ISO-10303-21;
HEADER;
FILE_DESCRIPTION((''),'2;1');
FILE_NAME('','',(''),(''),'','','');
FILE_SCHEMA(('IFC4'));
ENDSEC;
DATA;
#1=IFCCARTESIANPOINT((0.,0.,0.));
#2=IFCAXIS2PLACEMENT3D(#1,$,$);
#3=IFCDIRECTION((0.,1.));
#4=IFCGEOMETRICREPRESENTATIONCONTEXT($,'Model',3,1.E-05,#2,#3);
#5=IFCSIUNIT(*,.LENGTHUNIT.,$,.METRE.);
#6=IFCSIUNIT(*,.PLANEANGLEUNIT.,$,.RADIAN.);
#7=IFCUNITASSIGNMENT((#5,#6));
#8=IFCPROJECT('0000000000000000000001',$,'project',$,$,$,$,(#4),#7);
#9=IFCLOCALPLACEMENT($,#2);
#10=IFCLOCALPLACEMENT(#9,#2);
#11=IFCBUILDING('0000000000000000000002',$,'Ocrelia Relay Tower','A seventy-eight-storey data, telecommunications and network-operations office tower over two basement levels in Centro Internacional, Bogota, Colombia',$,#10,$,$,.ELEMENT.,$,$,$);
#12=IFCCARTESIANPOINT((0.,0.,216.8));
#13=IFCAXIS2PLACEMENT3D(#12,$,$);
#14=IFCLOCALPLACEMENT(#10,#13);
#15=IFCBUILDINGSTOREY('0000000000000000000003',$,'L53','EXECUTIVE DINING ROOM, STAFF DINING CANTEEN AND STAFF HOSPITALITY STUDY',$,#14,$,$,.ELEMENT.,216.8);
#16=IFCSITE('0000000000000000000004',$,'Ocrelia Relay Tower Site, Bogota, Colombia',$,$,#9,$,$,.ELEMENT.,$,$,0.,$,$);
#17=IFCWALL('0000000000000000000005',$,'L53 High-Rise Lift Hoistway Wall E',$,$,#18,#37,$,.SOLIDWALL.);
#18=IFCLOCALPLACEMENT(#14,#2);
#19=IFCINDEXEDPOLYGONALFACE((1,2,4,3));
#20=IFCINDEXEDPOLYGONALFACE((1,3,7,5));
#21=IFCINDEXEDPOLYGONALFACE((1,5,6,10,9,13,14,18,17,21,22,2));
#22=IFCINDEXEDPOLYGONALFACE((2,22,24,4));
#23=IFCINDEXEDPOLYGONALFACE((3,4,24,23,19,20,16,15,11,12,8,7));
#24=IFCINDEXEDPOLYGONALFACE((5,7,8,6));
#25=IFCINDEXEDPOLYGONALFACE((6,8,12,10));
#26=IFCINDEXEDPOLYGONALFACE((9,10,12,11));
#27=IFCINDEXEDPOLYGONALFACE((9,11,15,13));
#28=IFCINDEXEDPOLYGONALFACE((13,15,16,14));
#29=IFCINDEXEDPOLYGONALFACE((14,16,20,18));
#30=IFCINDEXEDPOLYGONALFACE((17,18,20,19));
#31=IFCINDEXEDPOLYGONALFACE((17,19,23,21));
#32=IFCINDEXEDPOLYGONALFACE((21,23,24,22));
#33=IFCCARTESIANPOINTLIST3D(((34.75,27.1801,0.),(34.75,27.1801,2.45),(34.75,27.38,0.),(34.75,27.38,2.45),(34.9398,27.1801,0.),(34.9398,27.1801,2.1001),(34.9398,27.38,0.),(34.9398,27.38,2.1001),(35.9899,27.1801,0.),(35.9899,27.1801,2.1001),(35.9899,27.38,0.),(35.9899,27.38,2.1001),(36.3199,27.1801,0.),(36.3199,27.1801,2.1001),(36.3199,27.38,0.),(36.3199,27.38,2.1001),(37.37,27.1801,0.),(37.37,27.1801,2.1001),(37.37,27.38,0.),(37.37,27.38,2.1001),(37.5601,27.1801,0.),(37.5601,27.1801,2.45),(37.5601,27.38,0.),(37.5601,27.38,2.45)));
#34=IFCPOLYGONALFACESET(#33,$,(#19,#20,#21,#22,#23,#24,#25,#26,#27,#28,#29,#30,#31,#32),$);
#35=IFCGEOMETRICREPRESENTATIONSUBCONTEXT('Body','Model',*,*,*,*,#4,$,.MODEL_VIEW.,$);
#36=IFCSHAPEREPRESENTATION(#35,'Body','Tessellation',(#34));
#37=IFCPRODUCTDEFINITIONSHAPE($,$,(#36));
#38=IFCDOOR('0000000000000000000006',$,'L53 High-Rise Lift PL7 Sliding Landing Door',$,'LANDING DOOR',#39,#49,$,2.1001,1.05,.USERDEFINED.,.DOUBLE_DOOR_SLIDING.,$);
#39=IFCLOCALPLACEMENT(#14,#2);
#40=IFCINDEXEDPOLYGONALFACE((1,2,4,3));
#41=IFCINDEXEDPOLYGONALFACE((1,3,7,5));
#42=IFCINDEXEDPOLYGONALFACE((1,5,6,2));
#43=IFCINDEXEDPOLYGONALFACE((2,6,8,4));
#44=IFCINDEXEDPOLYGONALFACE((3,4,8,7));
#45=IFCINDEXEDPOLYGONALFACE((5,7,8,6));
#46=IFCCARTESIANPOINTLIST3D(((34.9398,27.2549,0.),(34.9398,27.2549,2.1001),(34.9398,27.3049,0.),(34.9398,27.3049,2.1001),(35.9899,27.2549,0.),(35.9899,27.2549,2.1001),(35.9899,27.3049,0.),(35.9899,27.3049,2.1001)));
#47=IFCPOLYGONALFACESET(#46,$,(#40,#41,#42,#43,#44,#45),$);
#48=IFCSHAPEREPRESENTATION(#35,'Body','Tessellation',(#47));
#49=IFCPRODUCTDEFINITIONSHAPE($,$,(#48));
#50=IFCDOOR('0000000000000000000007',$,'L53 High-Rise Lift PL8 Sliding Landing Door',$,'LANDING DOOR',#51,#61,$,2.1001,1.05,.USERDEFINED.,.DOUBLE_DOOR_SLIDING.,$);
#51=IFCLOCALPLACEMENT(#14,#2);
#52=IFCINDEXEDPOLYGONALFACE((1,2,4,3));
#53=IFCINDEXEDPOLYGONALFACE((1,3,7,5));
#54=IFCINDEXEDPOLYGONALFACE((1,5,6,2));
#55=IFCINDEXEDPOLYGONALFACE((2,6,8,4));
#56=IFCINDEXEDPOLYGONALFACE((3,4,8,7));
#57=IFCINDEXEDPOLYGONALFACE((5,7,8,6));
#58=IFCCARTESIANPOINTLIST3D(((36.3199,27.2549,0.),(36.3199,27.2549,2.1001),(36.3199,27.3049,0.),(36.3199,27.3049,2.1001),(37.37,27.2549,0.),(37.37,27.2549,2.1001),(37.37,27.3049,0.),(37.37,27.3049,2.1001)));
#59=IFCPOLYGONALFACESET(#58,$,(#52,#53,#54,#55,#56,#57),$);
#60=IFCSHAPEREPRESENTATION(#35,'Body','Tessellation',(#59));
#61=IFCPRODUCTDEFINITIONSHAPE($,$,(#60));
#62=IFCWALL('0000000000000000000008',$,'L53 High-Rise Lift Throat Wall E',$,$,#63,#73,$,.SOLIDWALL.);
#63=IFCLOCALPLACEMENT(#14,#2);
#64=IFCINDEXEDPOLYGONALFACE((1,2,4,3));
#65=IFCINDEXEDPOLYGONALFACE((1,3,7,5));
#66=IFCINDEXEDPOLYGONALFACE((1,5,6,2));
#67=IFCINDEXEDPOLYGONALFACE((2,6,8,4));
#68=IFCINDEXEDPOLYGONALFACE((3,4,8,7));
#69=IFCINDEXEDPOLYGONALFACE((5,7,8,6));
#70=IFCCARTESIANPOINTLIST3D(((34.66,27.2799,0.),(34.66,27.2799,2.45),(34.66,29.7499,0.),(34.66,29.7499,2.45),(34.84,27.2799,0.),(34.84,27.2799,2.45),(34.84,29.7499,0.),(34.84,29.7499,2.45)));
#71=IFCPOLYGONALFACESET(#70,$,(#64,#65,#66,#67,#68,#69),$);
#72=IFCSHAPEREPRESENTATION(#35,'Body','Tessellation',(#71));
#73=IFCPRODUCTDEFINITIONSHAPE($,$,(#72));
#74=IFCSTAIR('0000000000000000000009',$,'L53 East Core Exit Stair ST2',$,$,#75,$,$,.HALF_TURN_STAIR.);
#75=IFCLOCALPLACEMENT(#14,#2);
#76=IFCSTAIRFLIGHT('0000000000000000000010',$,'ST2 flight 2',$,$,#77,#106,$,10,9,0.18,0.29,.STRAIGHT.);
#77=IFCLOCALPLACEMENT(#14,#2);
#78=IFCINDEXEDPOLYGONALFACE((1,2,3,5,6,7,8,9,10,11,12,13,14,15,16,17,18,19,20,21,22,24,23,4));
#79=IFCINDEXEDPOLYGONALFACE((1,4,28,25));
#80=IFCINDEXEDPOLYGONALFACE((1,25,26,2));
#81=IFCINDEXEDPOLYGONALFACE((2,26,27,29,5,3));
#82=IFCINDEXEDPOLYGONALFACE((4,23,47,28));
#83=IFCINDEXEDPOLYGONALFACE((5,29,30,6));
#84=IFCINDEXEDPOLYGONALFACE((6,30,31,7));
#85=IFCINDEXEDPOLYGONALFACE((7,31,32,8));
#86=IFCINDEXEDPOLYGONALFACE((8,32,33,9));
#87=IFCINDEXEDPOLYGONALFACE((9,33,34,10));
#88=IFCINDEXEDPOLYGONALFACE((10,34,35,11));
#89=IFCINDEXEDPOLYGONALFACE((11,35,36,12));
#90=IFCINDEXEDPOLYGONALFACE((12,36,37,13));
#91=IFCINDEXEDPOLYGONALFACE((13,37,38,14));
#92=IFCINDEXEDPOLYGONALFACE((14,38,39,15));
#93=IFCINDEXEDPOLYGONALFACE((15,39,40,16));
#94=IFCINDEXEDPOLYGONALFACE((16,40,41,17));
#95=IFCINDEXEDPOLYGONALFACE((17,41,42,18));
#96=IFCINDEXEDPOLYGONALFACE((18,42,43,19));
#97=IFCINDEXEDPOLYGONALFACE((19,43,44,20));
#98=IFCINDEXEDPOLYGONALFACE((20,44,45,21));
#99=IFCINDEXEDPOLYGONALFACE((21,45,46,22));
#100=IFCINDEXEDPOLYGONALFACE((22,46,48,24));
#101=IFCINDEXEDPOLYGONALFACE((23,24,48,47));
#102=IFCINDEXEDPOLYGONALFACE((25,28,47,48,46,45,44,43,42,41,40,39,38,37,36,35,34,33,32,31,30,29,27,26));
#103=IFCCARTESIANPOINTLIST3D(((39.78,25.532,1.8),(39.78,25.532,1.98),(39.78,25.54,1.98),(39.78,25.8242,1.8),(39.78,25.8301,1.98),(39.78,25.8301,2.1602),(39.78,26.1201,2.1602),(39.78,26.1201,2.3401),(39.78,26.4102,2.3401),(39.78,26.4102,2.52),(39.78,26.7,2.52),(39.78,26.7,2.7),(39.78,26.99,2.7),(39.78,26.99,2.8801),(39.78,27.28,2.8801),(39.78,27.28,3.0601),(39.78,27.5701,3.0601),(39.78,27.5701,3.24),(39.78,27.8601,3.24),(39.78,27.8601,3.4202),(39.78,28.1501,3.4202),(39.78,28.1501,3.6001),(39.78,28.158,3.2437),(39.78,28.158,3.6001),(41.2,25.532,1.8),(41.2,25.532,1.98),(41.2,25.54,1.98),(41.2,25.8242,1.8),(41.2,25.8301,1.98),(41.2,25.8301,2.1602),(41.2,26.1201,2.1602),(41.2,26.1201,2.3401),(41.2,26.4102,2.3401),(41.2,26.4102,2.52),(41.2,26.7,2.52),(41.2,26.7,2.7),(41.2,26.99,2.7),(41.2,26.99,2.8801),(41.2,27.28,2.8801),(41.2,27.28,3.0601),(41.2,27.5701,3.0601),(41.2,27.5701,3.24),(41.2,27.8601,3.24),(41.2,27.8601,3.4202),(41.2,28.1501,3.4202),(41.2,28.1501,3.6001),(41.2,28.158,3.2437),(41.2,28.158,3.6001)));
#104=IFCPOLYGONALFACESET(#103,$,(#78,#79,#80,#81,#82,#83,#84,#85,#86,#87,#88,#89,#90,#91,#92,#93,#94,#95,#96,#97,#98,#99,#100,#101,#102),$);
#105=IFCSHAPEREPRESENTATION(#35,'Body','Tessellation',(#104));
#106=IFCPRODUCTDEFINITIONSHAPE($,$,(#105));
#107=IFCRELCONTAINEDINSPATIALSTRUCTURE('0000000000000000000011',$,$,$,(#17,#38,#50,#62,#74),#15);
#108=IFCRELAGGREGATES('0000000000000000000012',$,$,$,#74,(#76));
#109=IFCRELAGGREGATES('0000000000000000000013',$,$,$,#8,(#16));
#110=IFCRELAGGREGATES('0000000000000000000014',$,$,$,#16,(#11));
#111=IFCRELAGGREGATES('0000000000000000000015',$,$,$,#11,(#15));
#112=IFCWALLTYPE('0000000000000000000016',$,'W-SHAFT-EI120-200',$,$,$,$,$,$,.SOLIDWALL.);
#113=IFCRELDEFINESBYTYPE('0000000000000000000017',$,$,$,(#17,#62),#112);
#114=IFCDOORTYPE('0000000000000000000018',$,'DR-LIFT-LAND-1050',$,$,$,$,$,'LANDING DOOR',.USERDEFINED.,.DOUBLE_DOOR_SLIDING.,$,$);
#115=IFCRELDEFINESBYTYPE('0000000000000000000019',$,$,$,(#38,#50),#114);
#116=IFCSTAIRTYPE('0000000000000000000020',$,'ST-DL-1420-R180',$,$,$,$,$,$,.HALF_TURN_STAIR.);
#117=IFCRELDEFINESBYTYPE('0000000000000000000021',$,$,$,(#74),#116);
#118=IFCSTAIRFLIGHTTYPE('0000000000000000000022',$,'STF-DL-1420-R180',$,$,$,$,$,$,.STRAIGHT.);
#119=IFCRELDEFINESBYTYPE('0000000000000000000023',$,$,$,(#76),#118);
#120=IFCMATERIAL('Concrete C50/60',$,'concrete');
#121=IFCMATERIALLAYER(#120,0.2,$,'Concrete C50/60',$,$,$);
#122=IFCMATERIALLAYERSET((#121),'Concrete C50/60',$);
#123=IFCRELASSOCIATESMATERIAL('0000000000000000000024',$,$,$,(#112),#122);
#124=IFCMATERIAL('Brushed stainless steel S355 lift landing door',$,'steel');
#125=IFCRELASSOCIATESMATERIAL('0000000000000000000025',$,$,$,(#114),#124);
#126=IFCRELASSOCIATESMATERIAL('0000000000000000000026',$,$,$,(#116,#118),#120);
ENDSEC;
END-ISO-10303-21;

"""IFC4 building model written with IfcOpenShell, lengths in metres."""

from ifc_helpers import new_model, si_unit, direction, frame, frame_2d, origin, place, context, subcontext, project, spatial, polyline, rectangle, outline, extrude, material, layer, layer_set, type_object, element, fill, aggregate, save


model = new_model("IFC4")

# Units and contexts
model_context = context("Model", 3, precision=1e-05, world=origin(), true_north=direction((0.0, 1.0)))
body_context = subcontext(model_context, "Body", "Model", "MODEL_VIEW")
ifc_project = project(units=[si_unit("LENGTHUNIT", "METRE"), si_unit("PLANEANGLEUNIT", "RADIAN")], contexts=[model_context])

# Site, building, storey
site_placement = place(None, origin())
site = spatial("IfcSite", under=ifc_project, at=site_placement, Name="Ocrelia Relay Tower Site, Bogota, Colombia", CompositionType="ELEMENT", RefElevation=0.0)
building_placement = place(site_placement, origin())
building = spatial("IfcBuilding", under=site, at=building_placement, Name="Ocrelia Relay Tower", Description="A seventy-eight-storey data, telecommunications and network-operations office tower over two basement levels in Centro Internacional, Bogota, Colombia", CompositionType="ELEMENT")
storey_placement = place(building_placement, frame((0.0, 0.0, 216.8)))
storey = spatial("IfcBuildingStorey", under=building, at=storey_placement, Name="L53", Description="EXECUTIVE DINING ROOM, STAFF DINING CANTEEN AND STAFF HOSPITALITY STUDY", CompositionType="ELEMENT", Elevation=216.8)

# Shared definitions
ifc_material_1 = material(Name="Concrete C50/60", Category="concrete")
ifc_layer_1 = layer(ifc_material_1, 0.2, Name="Concrete C50/60")
ifc_layer_set_1 = layer_set([ifc_layer_1], Name="Concrete C50/60")
wall_type_1 = type_object("IfcWallType", Name="W-SHAFT-EI120-200", PredefinedType="SOLIDWALL", material=ifc_layer_set_1)

# Wall, openings, doors
wall_1_placement = place(storey_placement, frame((34.75, 27.28, 0.0), z_axis=(0.0, 0.0, 1.0), x_axis=(1.0, 0.0, 0.0)))
wall_1 = element("IfcWall", 1, at=wall_1_placement, inside=storey, type_object=wall_type_1, Name="L53 High-Rise Lift Hoistway Wall E", PredefinedType="SOLIDWALL", context=body_context, shape_type="SweptSolid", body=[
    extrude(rectangle(XDim=2.8101, YDim=0.2, at=frame_2d((1.405, 0.0))), origin(), (0.0, 0.0, 1.0), 2.45),
])
opening_1_placement = place(wall_1_placement, frame((0.1899, 0.0, 0.0)))
opening_1 = element("IfcOpeningElement", 2, at=opening_1_placement, cuts=wall_1, PredefinedType="OPENING", context=body_context, shape_type="SweptSolid", body=[
    extrude(rectangle(XDim=1.05, YDim=2.1001, at=frame_2d((0.5249, 1.05))), frame((0.0, 0.1099, 0.0), z_axis=(0.0, -1.0, 0.0), x_axis=(1.0, 0.0, 0.0)), (0.0, 0.0, 1.0), 0.22),
])
opening_2_placement = place(wall_1_placement, frame((1.5701, 0.0, 0.0)))
opening_2 = element("IfcOpeningElement", 3, at=opening_2_placement, cuts=wall_1, PredefinedType="OPENING", context=body_context, shape_type="SweptSolid", body=[
    extrude(rectangle(XDim=1.05, YDim=2.1001, at=frame_2d((0.5249, 1.05))), frame((0.0, 0.1099, 0.0), z_axis=(0.0, -1.0, 0.0), x_axis=(1.0, 0.0, 0.0)), (0.0, 0.0, 1.0), 0.22),
])
ifc_material_2 = material(Name="Brushed stainless steel S355 lift landing door", Category="steel")
door_type = type_object("IfcDoorType", Name="DR-LIFT-LAND-1050", ElementType="LANDING DOOR", OperationType="DOUBLE_DOOR_SLIDING", PredefinedType="USERDEFINED", material=ifc_material_2)
door_1_placement = place(opening_1_placement, origin())
door_1 = element("IfcDoor", 4, at=door_1_placement, inside=storey, type_object=door_type, Name="L53 High-Rise Lift PL7 Sliding Landing Door", ObjectType="LANDING DOOR", OperationType="DOUBLE_DOOR_SLIDING", OverallHeight=2.1001, OverallWidth=1.05, PredefinedType="USERDEFINED", context=body_context, shape_type="SweptSolid", body=[
    extrude(rectangle(XDim=1.05, YDim=2.1001, at=frame_2d((0.5249, 1.05))), frame((0.0, 0.0249, 0.0), z_axis=(0.0, -1.0, 0.0), x_axis=(1.0, 0.0, 0.0)), (0.0, 0.0, 1.0), 0.05),
])
fill(opening_1, door_1)
door_2_placement = place(opening_2_placement, origin())
door_2 = element("IfcDoor", 5, at=door_2_placement, inside=storey, type_object=door_type, Name="L53 High-Rise Lift PL8 Sliding Landing Door", ObjectType="LANDING DOOR", OperationType="DOUBLE_DOOR_SLIDING", OverallHeight=2.1001, OverallWidth=1.05, PredefinedType="USERDEFINED", context=body_context, shape_type="SweptSolid", body=[
    extrude(rectangle(XDim=1.05, YDim=2.1001, at=frame_2d((0.5249, 1.05))), frame((0.0, 0.0249, 0.0), z_axis=(0.0, -1.0, 0.0), x_axis=(1.0, 0.0, 0.0)), (0.0, 0.0, 1.0), 0.05),
])
fill(opening_2, door_2)

# Wall
wall_2_placement = place(storey_placement, frame((34.75, 27.28, 0.0), z_axis=(0.0, 0.0, 1.0), x_axis=(0.0, 1.0, 0.0)))
element("IfcWall", 6, at=wall_2_placement, inside=storey, type_object=wall_type_1, Name="L53 High-Rise Lift Throat Wall E", PredefinedType="SOLIDWALL", context=body_context, shape_type="SweptSolid", body=[
    extrude(rectangle(XDim=2.47, YDim=0.1799, at=frame_2d((1.2349, 0.0))), origin(), (0.0, 0.0, 1.0), 2.45),
])

# Stair, stair flight
stair_type = type_object("IfcStairType", Name="ST-DL-1420-R180", PredefinedType="HALF_TURN_STAIR", material=ifc_material_1)
stair_placement = place(storey_placement, origin())
stair = element("IfcStair", 7, at=stair_placement, inside=storey, type_object=stair_type, Name="L53 East Core Exit Stair ST2", PredefinedType="HALF_TURN_STAIR")
stair_flight_type = type_object("IfcStairFlightType", Name="STF-DL-1420-R180", PredefinedType="STRAIGHT", material=ifc_material_1)
stair_flight_placement = place(storey_placement, frame((40.49, 25.54, 1.8), z_axis=(0.0, 0.0, 1.0), x_axis=(0.0, 1.0, 0.0)))
stair_flight = element("IfcStairFlight", 8, at=stair_flight_placement, type_object=stair_flight_type, Name="ST2 flight 2", NumberOfRisers=10, NumberOfTreads=9, PredefinedType="STRAIGHT", RiserHeight=0.18, TreadLength=0.29, context=body_context, shape_type="SweptSolid", body=[
    extrude(outline(polyline([(-0.0081, 0.0), (-0.0081, 0.1799), (0.0, 0.1799), (0.29, 0.1799), (0.29, 0.3601), (0.5801, 0.3601), (0.5801, 0.54), (0.8701, 0.54), (0.8701, 0.72), (1.1599, 0.72), (1.1599, 0.8999), (1.45, 0.8999), (1.45, 1.0801), (1.74, 1.0801), (1.74, 1.26), (2.03, 1.26), (2.03, 1.4399), (2.3201, 1.4399), (2.3201, 1.6201), (2.6101, 1.6201), (2.6101, 1.8), (2.6179, 1.8), (2.6179, 1.4436), (0.2842, 0.0), (-0.0081, 0.0)])), frame((0.0, 0.71, 0.0), z_axis=(0.0, -1.0, 0.0), x_axis=(1.0, 0.0, 0.0)), (0.0, 0.0, 1.0), 1.4199),
])
aggregate(stair, [stair_flight])

save(model, "model.ifc")
